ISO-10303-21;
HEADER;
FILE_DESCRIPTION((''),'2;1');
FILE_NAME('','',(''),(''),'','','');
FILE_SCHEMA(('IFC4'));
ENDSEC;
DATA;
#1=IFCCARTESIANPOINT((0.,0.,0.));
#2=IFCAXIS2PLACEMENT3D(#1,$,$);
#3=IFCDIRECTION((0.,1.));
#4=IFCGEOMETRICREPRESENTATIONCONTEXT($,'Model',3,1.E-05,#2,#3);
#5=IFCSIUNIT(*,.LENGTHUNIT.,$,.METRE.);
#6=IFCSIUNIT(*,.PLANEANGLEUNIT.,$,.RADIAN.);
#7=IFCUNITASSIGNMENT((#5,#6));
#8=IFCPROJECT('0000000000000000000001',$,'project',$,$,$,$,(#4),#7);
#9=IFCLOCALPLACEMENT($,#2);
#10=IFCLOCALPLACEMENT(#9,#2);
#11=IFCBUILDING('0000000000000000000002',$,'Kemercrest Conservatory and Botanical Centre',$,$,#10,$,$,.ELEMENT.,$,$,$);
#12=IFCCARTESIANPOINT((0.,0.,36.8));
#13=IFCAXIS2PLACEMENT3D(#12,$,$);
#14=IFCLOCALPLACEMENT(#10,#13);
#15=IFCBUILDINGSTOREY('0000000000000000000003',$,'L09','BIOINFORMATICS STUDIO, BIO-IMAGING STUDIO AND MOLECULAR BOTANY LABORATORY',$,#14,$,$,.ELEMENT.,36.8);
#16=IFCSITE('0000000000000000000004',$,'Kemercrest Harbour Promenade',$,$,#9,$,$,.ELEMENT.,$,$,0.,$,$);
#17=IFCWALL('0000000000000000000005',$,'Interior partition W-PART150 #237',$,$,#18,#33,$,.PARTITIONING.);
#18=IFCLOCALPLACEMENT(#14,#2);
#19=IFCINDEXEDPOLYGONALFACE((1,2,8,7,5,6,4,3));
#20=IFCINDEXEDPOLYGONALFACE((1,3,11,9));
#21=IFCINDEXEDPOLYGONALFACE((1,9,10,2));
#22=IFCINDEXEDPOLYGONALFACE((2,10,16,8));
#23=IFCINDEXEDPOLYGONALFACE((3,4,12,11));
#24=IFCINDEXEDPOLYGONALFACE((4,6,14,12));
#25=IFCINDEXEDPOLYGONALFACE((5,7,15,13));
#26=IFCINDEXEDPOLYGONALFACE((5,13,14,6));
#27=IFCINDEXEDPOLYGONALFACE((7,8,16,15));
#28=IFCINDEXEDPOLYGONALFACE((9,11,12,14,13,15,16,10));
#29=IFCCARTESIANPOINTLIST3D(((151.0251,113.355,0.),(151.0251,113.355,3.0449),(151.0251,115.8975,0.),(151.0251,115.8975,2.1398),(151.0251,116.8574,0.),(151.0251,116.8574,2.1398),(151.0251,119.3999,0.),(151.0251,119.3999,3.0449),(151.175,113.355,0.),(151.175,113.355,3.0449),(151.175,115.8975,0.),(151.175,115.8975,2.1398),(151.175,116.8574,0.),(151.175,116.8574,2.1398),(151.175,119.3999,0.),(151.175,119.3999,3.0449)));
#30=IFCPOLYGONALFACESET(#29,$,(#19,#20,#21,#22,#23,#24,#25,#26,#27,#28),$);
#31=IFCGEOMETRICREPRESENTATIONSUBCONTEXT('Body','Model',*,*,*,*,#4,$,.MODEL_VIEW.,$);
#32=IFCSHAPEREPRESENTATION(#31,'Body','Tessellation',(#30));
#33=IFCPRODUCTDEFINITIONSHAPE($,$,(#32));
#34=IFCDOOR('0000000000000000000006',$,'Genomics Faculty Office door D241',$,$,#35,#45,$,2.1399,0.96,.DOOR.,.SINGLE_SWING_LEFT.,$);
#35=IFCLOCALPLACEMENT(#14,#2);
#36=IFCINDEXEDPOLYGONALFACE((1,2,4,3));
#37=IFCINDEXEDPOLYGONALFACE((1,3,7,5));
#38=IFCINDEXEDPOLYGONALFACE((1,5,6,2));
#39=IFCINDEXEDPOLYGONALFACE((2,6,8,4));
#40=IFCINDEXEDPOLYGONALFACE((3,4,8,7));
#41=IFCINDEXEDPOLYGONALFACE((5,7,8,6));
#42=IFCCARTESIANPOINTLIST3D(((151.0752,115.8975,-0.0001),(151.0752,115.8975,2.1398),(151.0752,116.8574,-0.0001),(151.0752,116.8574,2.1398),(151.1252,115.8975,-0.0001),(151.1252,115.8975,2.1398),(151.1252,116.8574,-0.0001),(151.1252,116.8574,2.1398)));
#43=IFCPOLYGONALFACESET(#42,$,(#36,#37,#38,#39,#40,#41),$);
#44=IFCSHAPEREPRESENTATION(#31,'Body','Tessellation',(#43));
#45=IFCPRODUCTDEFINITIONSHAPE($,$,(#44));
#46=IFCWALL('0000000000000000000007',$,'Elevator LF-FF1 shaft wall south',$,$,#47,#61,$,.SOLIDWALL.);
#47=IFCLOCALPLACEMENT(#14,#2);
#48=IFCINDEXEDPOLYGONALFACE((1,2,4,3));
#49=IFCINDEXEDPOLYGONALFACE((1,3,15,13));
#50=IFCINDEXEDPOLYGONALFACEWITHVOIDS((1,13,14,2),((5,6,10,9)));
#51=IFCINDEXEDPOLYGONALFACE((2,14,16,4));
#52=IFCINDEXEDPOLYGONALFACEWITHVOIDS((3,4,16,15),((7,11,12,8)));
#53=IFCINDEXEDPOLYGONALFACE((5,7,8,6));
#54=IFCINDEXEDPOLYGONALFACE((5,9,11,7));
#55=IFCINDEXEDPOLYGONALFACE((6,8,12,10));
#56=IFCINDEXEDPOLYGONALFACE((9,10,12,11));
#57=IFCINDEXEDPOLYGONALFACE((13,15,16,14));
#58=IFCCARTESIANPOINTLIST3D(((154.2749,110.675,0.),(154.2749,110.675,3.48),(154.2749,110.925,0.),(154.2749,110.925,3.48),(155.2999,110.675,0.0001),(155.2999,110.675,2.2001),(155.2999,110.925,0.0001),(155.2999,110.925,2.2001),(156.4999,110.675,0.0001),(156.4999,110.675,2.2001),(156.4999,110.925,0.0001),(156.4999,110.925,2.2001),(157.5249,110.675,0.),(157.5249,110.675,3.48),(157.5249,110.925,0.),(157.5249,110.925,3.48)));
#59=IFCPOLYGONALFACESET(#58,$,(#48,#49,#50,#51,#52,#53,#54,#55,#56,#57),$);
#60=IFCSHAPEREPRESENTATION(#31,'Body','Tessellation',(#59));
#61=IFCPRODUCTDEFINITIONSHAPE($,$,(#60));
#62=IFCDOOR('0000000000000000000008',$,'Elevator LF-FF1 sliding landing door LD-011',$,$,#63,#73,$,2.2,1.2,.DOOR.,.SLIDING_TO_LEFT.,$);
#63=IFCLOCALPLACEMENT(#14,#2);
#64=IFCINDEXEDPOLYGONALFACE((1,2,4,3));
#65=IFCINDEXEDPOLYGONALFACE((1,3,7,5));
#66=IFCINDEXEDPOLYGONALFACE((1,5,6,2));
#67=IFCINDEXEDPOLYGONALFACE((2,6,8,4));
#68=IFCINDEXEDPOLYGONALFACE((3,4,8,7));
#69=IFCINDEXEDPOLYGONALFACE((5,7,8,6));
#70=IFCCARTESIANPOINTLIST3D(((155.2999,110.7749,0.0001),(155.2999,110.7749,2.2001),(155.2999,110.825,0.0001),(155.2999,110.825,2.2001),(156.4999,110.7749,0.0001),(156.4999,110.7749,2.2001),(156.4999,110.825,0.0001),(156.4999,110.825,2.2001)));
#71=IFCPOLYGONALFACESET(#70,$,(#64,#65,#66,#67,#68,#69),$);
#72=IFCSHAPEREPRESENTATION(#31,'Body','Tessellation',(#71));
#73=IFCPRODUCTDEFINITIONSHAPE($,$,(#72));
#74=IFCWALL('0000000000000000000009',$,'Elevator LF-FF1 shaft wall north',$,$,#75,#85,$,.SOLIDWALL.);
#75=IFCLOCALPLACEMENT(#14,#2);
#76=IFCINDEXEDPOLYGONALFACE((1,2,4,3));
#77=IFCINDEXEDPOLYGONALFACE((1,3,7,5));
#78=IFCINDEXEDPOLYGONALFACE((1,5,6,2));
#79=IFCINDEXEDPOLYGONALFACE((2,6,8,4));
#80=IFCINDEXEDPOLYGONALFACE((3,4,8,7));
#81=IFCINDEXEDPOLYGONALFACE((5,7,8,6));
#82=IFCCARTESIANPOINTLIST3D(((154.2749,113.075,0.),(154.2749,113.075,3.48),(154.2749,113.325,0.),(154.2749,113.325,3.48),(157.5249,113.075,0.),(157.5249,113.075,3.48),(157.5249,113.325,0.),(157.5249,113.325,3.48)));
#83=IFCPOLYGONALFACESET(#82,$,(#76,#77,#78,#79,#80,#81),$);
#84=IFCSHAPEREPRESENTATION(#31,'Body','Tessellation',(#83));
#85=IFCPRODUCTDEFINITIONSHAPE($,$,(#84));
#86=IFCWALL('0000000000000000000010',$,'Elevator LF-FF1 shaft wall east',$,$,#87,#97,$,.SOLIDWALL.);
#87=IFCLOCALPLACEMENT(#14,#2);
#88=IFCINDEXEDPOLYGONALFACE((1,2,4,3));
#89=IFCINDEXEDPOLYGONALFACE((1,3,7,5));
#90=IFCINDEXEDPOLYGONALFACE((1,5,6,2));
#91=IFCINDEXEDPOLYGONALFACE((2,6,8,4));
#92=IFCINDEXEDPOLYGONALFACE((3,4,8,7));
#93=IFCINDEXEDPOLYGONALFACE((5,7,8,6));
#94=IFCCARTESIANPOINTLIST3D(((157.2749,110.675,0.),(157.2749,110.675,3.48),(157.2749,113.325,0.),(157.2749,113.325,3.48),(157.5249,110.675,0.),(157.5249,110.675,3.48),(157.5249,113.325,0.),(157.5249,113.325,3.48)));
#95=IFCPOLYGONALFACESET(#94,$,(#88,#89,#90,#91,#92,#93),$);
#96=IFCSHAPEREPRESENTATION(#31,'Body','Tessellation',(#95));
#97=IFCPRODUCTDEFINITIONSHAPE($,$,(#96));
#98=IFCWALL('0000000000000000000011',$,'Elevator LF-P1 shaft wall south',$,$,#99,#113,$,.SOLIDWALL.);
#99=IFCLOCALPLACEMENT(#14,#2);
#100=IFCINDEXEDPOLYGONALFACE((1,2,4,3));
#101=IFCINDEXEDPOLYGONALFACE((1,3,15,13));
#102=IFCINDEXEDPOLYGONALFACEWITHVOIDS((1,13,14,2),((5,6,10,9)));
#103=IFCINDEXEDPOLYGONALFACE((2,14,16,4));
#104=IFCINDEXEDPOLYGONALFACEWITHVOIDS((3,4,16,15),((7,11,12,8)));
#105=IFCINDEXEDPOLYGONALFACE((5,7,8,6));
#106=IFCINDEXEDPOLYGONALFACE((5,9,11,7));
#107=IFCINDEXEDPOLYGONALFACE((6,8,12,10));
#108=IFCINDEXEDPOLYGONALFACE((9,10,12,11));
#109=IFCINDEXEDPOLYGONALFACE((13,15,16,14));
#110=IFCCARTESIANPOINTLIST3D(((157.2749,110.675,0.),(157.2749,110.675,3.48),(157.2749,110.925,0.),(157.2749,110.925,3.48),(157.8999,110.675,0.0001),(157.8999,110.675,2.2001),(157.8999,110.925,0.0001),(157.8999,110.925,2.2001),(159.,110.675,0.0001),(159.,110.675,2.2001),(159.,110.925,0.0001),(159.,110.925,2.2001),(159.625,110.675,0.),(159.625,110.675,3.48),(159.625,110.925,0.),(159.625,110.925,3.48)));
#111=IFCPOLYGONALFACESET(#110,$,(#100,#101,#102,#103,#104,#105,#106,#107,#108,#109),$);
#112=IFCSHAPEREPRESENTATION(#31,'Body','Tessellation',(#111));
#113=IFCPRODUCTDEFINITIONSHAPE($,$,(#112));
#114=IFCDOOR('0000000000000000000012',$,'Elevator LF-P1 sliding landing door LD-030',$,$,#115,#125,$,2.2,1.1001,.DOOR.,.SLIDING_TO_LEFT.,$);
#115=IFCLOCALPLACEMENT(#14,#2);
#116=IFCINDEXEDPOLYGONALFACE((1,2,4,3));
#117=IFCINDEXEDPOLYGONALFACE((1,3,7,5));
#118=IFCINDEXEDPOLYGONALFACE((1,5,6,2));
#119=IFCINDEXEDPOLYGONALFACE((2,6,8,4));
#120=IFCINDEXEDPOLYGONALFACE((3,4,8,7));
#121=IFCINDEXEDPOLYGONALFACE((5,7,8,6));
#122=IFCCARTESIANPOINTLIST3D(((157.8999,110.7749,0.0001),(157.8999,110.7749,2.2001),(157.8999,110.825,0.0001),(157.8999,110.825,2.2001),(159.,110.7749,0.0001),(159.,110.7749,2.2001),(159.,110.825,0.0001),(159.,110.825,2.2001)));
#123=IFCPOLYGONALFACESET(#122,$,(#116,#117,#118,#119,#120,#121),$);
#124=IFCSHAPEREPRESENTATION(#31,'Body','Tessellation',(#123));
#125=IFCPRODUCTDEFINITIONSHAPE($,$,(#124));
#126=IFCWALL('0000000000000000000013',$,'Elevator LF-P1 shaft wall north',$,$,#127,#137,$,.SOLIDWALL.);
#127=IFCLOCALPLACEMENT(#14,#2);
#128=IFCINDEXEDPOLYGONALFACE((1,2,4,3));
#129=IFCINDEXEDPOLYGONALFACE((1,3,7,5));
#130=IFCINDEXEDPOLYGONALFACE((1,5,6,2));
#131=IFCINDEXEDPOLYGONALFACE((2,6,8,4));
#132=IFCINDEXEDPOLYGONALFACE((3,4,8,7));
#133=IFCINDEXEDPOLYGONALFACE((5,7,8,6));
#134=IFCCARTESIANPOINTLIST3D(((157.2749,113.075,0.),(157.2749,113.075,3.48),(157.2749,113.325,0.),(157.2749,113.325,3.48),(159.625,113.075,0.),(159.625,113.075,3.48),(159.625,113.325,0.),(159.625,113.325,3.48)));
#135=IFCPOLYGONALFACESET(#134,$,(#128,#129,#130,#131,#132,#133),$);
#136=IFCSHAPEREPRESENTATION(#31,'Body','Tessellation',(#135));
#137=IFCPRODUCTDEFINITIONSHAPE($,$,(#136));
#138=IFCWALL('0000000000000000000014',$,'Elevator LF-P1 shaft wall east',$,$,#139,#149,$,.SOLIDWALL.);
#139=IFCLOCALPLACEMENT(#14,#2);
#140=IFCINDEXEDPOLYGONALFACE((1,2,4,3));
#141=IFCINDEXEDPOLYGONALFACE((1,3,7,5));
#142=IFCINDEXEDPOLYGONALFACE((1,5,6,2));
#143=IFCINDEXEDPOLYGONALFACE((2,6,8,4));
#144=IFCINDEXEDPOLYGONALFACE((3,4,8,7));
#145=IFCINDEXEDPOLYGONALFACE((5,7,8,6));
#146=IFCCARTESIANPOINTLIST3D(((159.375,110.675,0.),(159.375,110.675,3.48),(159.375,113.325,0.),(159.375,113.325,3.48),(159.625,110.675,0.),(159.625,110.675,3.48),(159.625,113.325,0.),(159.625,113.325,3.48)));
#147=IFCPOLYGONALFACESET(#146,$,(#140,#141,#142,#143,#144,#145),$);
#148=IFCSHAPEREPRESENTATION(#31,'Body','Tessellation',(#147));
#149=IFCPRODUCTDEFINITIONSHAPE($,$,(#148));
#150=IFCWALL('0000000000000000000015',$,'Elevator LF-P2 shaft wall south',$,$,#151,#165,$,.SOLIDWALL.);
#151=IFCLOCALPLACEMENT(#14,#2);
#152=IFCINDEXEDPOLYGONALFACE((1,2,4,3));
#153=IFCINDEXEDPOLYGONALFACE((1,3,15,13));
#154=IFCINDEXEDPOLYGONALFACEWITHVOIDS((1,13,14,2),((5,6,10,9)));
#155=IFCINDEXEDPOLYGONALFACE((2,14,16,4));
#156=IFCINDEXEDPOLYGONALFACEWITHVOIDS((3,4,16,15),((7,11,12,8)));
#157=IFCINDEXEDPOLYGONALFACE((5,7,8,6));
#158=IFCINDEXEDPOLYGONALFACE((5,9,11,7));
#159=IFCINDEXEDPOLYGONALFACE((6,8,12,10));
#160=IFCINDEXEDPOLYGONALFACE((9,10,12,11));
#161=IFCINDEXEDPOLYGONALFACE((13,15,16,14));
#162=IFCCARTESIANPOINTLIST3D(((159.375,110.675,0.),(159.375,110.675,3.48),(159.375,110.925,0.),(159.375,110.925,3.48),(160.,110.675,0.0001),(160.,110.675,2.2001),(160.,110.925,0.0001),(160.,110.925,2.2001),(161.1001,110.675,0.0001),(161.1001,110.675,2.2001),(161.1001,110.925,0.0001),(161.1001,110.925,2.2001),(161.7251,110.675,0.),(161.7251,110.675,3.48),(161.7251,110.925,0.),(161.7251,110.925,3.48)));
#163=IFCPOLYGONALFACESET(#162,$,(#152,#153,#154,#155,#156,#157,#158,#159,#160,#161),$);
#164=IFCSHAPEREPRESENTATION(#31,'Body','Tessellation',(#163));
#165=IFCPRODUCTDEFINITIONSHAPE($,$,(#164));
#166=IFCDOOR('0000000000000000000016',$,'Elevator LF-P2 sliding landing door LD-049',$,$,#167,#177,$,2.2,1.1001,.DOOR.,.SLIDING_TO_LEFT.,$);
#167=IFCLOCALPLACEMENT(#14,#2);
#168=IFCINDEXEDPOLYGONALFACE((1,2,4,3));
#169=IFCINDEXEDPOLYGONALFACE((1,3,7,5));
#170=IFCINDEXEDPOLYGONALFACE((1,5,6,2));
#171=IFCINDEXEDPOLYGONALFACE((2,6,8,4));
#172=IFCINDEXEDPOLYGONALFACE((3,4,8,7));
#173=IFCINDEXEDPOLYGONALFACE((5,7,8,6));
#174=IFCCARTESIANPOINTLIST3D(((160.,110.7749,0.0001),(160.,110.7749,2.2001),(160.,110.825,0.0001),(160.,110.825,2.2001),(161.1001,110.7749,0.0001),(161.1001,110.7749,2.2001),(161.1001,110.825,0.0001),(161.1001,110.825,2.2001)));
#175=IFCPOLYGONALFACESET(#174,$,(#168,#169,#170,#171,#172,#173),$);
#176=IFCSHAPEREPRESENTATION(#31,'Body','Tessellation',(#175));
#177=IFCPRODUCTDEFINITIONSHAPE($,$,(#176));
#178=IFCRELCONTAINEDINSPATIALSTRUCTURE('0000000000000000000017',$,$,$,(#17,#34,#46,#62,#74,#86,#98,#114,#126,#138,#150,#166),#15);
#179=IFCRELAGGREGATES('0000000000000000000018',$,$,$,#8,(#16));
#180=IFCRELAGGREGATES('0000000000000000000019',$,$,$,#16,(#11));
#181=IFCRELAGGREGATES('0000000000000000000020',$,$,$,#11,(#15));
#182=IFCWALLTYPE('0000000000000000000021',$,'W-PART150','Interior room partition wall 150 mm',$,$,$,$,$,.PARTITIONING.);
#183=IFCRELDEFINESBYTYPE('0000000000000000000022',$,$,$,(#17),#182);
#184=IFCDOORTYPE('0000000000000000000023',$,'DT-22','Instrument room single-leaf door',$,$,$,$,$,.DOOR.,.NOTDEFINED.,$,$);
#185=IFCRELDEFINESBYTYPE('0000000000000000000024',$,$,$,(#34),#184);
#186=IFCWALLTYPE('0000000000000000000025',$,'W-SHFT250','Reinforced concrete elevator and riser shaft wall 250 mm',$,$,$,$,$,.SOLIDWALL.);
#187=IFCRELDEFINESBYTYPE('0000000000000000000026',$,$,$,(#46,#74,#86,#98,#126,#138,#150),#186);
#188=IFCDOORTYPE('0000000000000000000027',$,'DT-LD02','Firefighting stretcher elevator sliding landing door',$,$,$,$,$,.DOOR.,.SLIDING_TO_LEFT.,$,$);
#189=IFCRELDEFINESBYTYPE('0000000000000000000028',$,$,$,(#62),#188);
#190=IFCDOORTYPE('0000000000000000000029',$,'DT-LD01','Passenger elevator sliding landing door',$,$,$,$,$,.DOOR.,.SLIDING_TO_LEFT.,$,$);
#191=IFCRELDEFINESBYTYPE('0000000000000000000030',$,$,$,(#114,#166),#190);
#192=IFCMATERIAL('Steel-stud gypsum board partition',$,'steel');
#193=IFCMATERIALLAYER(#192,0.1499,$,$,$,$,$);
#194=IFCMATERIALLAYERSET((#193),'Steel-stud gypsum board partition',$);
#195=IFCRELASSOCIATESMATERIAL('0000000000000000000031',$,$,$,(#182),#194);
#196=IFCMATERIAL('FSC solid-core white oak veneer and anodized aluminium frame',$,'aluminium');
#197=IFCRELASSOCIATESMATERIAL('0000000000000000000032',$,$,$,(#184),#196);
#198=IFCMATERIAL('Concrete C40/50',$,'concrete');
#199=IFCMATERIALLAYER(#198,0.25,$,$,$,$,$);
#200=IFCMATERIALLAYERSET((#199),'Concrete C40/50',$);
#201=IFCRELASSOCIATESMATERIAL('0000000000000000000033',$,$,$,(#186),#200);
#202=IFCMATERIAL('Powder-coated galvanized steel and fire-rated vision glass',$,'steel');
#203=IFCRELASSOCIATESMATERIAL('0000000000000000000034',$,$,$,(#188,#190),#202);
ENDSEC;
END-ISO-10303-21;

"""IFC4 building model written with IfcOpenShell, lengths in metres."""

from ifc_helpers import new_model, si_unit, direction, frame, frame_2d, origin, place, context, subcontext, project, spatial, rectangle, extrude, material, layer, layer_set, type_object, element, fill, save


model = new_model("IFC4")

# Units and contexts
model_context = context("Model", 3, precision=1e-05, world=origin(), true_north=direction((0.0, 1.0)))
body_context = subcontext(model_context, "Body", "Model", "MODEL_VIEW")
ifc_project = project(units=[si_unit("LENGTHUNIT", "METRE"), si_unit("PLANEANGLEUNIT", "RADIAN")], contexts=[model_context])

# Site, building, storey
site_placement = place(None, origin())
site = spatial("IfcSite", under=ifc_project, at=site_placement, Name="Kemercrest Harbour Promenade", CompositionType="ELEMENT", RefElevation=0.0)
building_placement = place(site_placement, origin())
building = spatial("IfcBuilding", under=site, at=building_placement, Name="Kemercrest Conservatory and Botanical Centre", CompositionType="ELEMENT")
storey_placement = place(building_placement, frame((0.0, 0.0, 36.8)))
storey = spatial("IfcBuildingStorey", under=building, at=storey_placement, Name="L09", Description="BIOINFORMATICS STUDIO, BIO-IMAGING STUDIO AND MOLECULAR BOTANY LABORATORY", CompositionType="ELEMENT", Elevation=36.8)

# Shared definitions
ifc_material_1 = material(Name="Concrete C40/50", Category="concrete")

# Walls, openings, doors
ifc_material_2 = material(Name="Steel-stud gypsum board partition", Category="steel")
ifc_layer_1 = layer(ifc_material_2, 0.1499)
ifc_layer_set_1 = layer_set([ifc_layer_1], Name="Steel-stud gypsum board partition")
wall_type_1 = type_object("IfcWallType", Name="W-PART150", Description="Interior room partition wall 150 mm", PredefinedType="PARTITIONING", material=ifc_layer_set_1)
wall_1_placement = place(storey_placement, frame((151.1001, 113.355, 0.0), z_axis=(0.0, 0.0, 1.0), x_axis=(0.0, 1.0, 0.0)))
wall_1 = element("IfcWall", 1, at=wall_1_placement, inside=storey, type_object=wall_type_1, Name="Interior partition W-PART150 #237", PredefinedType="PARTITIONING", context=body_context, shape_type="SweptSolid", body=[
    extrude(rectangle(XDim=6.0449, YDim=0.1499, at=frame_2d((3.0225, 0.0))), origin(), (0.0, 0.0, 1.0), 3.0449),
])
opening_1_placement = place(wall_1_placement, frame((2.5425, 0.0, 0.0)))
opening_1 = element("IfcOpeningElement", 2, at=opening_1_placement, cuts=wall_1, PredefinedType="OPENING", context=body_context, shape_type="SweptSolid", body=[
    extrude(rectangle(XDim=0.96, YDim=2.1399, at=frame_2d((0.48, 1.0698))), frame((0.0, 0.085, 0.0), z_axis=(0.0, -1.0, 0.0), x_axis=(1.0, 0.0, 0.0)), (0.0, 0.0, 1.0), 0.1699),
])
ifc_material_3 = material(Name="FSC solid-core white oak veneer and anodized aluminium frame", Category="aluminium")
door_type_1 = type_object("IfcDoorType", Name="DT-22", Description="Instrument room single-leaf door", OperationType="NOTDEFINED", PredefinedType="DOOR", material=ifc_material_3)
door_1_placement = place(opening_1_placement, origin())
door_1 = element("IfcDoor", 3, at=door_1_placement, inside=storey, type_object=door_type_1, Name="Genomics Faculty Office door D241", OperationType="SINGLE_SWING_LEFT", OverallHeight=2.1399, OverallWidth=0.96, PredefinedType="DOOR", context=body_context, shape_type="SweptSolid", body=[
    extrude(rectangle(XDim=0.96, YDim=2.1399, at=frame_2d((0.48, 1.0698))), frame((0.0, 0.0249, 0.0), z_axis=(0.0, -1.0, 0.0), x_axis=(1.0, 0.0, 0.0)), (0.0, 0.0, 1.0), 0.05),
])
fill(opening_1, door_1)
ifc_layer_2 = layer(ifc_material_1, 0.25)
ifc_layer_set_2 = layer_set([ifc_layer_2], Name="Concrete C40/50")
wall_type_2 = type_object("IfcWallType", Name="W-SHFT250", Description="Reinforced concrete elevator and riser shaft wall 250 mm", PredefinedType="SOLIDWALL", material=ifc_layer_set_2)
wall_2_placement = place(storey_placement, frame((154.2749, 110.8, 0.0), z_axis=(0.0, 0.0, 1.0), x_axis=(1.0, 0.0, 0.0)))
wall_2 = element("IfcWall", 4, at=wall_2_placement, inside=storey, type_object=wall_type_2, Name="Elevator LF-FF1 shaft wall south", PredefinedType="SOLIDWALL", context=body_context, shape_type="SweptSolid", body=[
    extrude(rectangle(XDim=3.25, YDim=0.25, at=frame_2d((1.625, 0.0))), origin(), (0.0, 0.0, 1.0), 3.48),
])
opening_2_placement = place(wall_2_placement, frame((1.0249, 0.0, 0.0)))
opening_2 = element("IfcOpeningElement", 5, at=opening_2_placement, cuts=wall_2, PredefinedType="OPENING", context=body_context, shape_type="SweptSolid", body=[
    extrude(rectangle(XDim=1.2, YDim=2.2, at=frame_2d((0.6001, 1.1001))), frame((0.0, 0.135, 0.0), z_axis=(0.0, -1.0, 0.0), x_axis=(1.0, 0.0, 0.0)), (0.0, 0.0, 1.0), 0.27),
])
ifc_material_4 = material(Name="Powder-coated galvanized steel and fire-rated vision glass", Category="steel")
door_type_2 = type_object("IfcDoorType", Name="DT-LD02", Description="Firefighting stretcher elevator sliding landing door", OperationType="SLIDING_TO_LEFT", PredefinedType="DOOR", material=ifc_material_4)
door_2_placement = place(opening_2_placement, origin())
door_2 = element("IfcDoor", 6, at=door_2_placement, inside=storey, type_object=door_type_2, Name="Elevator LF-FF1 sliding landing door LD-011", OperationType="SLIDING_TO_LEFT", OverallHeight=2.2, OverallWidth=1.2, PredefinedType="DOOR", context=body_context, shape_type="SweptSolid", body=[
    extrude(rectangle(XDim=1.2, YDim=2.2, at=frame_2d((0.6001, 1.1001))), frame((0.0, 0.0249, 0.0), z_axis=(0.0, -1.0, 0.0), x_axis=(1.0, 0.0, 0.0)), (0.0, 0.0, 1.0), 0.05),
])
fill(opening_2, door_2)

# Walls
wall_3_placement = place(storey_placement, frame((154.2749, 113.2, 0.0), z_axis=(0.0, 0.0, 1.0), x_axis=(1.0, 0.0, 0.0)))
element("IfcWall", 7, at=wall_3_placement, inside=storey, type_object=wall_type_2, Name="Elevator LF-FF1 shaft wall north", PredefinedType="SOLIDWALL", context=body_context, shape_type="SweptSolid", body=[
    extrude(rectangle(XDim=3.25, YDim=0.25, at=frame_2d((1.625, 0.0))), origin(), (0.0, 0.0, 1.0), 3.48),
])
wall_4_placement = place(storey_placement, frame((157.3999, 110.675, 0.0), z_axis=(0.0, 0.0, 1.0), x_axis=(0.0, 1.0, 0.0)))
element("IfcWall", 8, at=wall_4_placement, inside=storey, type_object=wall_type_2, Name="Elevator LF-FF1 shaft wall east", PredefinedType="SOLIDWALL", context=body_context, shape_type="SweptSolid", body=[
    extrude(rectangle(XDim=2.6499, YDim=0.25, at=frame_2d((1.325, 0.0))), origin(), (0.0, 0.0, 1.0), 3.48),
])

# Wall, opening, door
wall_5_placement = place(storey_placement, frame((157.2749, 110.8, 0.0), z_axis=(0.0, 0.0, 1.0), x_axis=(1.0, 0.0, 0.0)))
wall_5 = element("IfcWall", 9, at=wall_5_placement, inside=storey, type_object=wall_type_2, Name="Elevator LF-P1 shaft wall south", PredefinedType="SOLIDWALL", context=body_context, shape_type="SweptSolid", body=[
    extrude(rectangle(XDim=2.3501, YDim=0.25, at=frame_2d((1.175, 0.0))), origin(), (0.0, 0.0, 1.0), 3.48),
])
opening_3_placement = place(wall_5_placement, frame((0.625, 0.0, 0.0)))
opening_3 = element("IfcOpeningElement", 10, at=opening_3_placement, cuts=wall_5, PredefinedType="OPENING", context=body_context, shape_type="SweptSolid", body=[
    extrude(rectangle(XDim=1.1001, YDim=2.2, at=frame_2d((0.55, 1.1001))), frame((0.0, 0.135, 0.0), z_axis=(0.0, -1.0, 0.0), x_axis=(1.0, 0.0, 0.0)), (0.0, 0.0, 1.0), 0.27),
])
door_type_3 = type_object("IfcDoorType", Name="DT-LD01", Description="Passenger elevator sliding landing door", OperationType="SLIDING_TO_LEFT", PredefinedType="DOOR", material=ifc_material_4)
door_3_placement = place(opening_3_placement, origin())
door_3 = element("IfcDoor", 11, at=door_3_placement, inside=storey, type_object=door_type_3, Name="Elevator LF-P1 sliding landing door LD-030", OperationType="SLIDING_TO_LEFT", OverallHeight=2.2, OverallWidth=1.1001, PredefinedType="DOOR", context=body_context, shape_type="SweptSolid", body=[
    extrude(rectangle(XDim=1.1001, YDim=2.2, at=frame_2d((0.55, 1.1001))), frame((0.0, 0.0249, 0.0), z_axis=(0.0, -1.0, 0.0), x_axis=(1.0, 0.0, 0.0)), (0.0, 0.0, 1.0), 0.05),
])
fill(opening_3, door_3)

# Walls
wall_6_placement = place(storey_placement, frame((157.2749, 113.2, 0.0), z_axis=(0.0, 0.0, 1.0), x_axis=(1.0, 0.0, 0.0)))
element("IfcWall", 12, at=wall_6_placement, inside=storey, type_object=wall_type_2, Name="Elevator LF-P1 shaft wall north", PredefinedType="SOLIDWALL", context=body_context, shape_type="SweptSolid", body=[
    extrude(rectangle(XDim=2.3501, YDim=0.25, at=frame_2d((1.175, 0.0))), origin(), (0.0, 0.0, 1.0), 3.48),
])
wall_7_placement = place(storey_placement, frame((159.5, 110.675, 0.0), z_axis=(0.0, 0.0, 1.0), x_axis=(0.0, 1.0, 0.0)))
element("IfcWall", 13, at=wall_7_placement, inside=storey, type_object=wall_type_2, Name="Elevator LF-P1 shaft wall east", PredefinedType="SOLIDWALL", context=body_context, shape_type="SweptSolid", body=[
    extrude(rectangle(XDim=2.6499, YDim=0.25, at=frame_2d((1.325, 0.0))), origin(), (0.0, 0.0, 1.0), 3.48),
])

# Wall, opening, door
wall_8_placement = place(storey_placement, frame((159.375, 110.8, 0.0), z_axis=(0.0, 0.0, 1.0), x_axis=(1.0, 0.0, 0.0)))
wall_8 = element("IfcWall", 14, at=wall_8_placement, inside=storey, type_object=wall_type_2, Name="Elevator LF-P2 shaft wall south", PredefinedType="SOLIDWALL", context=body_context, shape_type="SweptSolid", body=[
    extrude(rectangle(XDim=2.3501, YDim=0.25, at=frame_2d((1.175, 0.0))), origin(), (0.0, 0.0, 1.0), 3.48),
])
opening_4_placement = place(wall_8_placement, frame((0.625, 0.0, 0.0)))
opening_4 = element("IfcOpeningElement", 15, at=opening_4_placement, cuts=wall_8, PredefinedType="OPENING", context=body_context, shape_type="SweptSolid", body=[
    extrude(rectangle(XDim=1.1001, YDim=2.2, at=frame_2d((0.55, 1.1001))), frame((0.0, 0.135, 0.0), z_axis=(0.0, -1.0, 0.0), x_axis=(1.0, 0.0, 0.0)), (0.0, 0.0, 1.0), 0.27),
])
door_4_placement = place(opening_4_placement, origin())
door_4 = element("IfcDoor", 16, at=door_4_placement, inside=storey, type_object=door_type_3, Name="Elevator LF-P2 sliding landing door LD-049", OperationType="SLIDING_TO_LEFT", OverallHeight=2.2, OverallWidth=1.1001, PredefinedType="DOOR", context=body_context, shape_type="SweptSolid", body=[
    extrude(rectangle(XDim=1.1001, YDim=2.2, at=frame_2d((0.55, 1.1001))), frame((0.0, 0.0249, 0.0), z_axis=(0.0, -1.0, 0.0), x_axis=(1.0, 0.0, 0.0)), (0.0, 0.0, 1.0), 0.05),
])
fill(opening_4, door_4)

save(model, "model.ifc")
